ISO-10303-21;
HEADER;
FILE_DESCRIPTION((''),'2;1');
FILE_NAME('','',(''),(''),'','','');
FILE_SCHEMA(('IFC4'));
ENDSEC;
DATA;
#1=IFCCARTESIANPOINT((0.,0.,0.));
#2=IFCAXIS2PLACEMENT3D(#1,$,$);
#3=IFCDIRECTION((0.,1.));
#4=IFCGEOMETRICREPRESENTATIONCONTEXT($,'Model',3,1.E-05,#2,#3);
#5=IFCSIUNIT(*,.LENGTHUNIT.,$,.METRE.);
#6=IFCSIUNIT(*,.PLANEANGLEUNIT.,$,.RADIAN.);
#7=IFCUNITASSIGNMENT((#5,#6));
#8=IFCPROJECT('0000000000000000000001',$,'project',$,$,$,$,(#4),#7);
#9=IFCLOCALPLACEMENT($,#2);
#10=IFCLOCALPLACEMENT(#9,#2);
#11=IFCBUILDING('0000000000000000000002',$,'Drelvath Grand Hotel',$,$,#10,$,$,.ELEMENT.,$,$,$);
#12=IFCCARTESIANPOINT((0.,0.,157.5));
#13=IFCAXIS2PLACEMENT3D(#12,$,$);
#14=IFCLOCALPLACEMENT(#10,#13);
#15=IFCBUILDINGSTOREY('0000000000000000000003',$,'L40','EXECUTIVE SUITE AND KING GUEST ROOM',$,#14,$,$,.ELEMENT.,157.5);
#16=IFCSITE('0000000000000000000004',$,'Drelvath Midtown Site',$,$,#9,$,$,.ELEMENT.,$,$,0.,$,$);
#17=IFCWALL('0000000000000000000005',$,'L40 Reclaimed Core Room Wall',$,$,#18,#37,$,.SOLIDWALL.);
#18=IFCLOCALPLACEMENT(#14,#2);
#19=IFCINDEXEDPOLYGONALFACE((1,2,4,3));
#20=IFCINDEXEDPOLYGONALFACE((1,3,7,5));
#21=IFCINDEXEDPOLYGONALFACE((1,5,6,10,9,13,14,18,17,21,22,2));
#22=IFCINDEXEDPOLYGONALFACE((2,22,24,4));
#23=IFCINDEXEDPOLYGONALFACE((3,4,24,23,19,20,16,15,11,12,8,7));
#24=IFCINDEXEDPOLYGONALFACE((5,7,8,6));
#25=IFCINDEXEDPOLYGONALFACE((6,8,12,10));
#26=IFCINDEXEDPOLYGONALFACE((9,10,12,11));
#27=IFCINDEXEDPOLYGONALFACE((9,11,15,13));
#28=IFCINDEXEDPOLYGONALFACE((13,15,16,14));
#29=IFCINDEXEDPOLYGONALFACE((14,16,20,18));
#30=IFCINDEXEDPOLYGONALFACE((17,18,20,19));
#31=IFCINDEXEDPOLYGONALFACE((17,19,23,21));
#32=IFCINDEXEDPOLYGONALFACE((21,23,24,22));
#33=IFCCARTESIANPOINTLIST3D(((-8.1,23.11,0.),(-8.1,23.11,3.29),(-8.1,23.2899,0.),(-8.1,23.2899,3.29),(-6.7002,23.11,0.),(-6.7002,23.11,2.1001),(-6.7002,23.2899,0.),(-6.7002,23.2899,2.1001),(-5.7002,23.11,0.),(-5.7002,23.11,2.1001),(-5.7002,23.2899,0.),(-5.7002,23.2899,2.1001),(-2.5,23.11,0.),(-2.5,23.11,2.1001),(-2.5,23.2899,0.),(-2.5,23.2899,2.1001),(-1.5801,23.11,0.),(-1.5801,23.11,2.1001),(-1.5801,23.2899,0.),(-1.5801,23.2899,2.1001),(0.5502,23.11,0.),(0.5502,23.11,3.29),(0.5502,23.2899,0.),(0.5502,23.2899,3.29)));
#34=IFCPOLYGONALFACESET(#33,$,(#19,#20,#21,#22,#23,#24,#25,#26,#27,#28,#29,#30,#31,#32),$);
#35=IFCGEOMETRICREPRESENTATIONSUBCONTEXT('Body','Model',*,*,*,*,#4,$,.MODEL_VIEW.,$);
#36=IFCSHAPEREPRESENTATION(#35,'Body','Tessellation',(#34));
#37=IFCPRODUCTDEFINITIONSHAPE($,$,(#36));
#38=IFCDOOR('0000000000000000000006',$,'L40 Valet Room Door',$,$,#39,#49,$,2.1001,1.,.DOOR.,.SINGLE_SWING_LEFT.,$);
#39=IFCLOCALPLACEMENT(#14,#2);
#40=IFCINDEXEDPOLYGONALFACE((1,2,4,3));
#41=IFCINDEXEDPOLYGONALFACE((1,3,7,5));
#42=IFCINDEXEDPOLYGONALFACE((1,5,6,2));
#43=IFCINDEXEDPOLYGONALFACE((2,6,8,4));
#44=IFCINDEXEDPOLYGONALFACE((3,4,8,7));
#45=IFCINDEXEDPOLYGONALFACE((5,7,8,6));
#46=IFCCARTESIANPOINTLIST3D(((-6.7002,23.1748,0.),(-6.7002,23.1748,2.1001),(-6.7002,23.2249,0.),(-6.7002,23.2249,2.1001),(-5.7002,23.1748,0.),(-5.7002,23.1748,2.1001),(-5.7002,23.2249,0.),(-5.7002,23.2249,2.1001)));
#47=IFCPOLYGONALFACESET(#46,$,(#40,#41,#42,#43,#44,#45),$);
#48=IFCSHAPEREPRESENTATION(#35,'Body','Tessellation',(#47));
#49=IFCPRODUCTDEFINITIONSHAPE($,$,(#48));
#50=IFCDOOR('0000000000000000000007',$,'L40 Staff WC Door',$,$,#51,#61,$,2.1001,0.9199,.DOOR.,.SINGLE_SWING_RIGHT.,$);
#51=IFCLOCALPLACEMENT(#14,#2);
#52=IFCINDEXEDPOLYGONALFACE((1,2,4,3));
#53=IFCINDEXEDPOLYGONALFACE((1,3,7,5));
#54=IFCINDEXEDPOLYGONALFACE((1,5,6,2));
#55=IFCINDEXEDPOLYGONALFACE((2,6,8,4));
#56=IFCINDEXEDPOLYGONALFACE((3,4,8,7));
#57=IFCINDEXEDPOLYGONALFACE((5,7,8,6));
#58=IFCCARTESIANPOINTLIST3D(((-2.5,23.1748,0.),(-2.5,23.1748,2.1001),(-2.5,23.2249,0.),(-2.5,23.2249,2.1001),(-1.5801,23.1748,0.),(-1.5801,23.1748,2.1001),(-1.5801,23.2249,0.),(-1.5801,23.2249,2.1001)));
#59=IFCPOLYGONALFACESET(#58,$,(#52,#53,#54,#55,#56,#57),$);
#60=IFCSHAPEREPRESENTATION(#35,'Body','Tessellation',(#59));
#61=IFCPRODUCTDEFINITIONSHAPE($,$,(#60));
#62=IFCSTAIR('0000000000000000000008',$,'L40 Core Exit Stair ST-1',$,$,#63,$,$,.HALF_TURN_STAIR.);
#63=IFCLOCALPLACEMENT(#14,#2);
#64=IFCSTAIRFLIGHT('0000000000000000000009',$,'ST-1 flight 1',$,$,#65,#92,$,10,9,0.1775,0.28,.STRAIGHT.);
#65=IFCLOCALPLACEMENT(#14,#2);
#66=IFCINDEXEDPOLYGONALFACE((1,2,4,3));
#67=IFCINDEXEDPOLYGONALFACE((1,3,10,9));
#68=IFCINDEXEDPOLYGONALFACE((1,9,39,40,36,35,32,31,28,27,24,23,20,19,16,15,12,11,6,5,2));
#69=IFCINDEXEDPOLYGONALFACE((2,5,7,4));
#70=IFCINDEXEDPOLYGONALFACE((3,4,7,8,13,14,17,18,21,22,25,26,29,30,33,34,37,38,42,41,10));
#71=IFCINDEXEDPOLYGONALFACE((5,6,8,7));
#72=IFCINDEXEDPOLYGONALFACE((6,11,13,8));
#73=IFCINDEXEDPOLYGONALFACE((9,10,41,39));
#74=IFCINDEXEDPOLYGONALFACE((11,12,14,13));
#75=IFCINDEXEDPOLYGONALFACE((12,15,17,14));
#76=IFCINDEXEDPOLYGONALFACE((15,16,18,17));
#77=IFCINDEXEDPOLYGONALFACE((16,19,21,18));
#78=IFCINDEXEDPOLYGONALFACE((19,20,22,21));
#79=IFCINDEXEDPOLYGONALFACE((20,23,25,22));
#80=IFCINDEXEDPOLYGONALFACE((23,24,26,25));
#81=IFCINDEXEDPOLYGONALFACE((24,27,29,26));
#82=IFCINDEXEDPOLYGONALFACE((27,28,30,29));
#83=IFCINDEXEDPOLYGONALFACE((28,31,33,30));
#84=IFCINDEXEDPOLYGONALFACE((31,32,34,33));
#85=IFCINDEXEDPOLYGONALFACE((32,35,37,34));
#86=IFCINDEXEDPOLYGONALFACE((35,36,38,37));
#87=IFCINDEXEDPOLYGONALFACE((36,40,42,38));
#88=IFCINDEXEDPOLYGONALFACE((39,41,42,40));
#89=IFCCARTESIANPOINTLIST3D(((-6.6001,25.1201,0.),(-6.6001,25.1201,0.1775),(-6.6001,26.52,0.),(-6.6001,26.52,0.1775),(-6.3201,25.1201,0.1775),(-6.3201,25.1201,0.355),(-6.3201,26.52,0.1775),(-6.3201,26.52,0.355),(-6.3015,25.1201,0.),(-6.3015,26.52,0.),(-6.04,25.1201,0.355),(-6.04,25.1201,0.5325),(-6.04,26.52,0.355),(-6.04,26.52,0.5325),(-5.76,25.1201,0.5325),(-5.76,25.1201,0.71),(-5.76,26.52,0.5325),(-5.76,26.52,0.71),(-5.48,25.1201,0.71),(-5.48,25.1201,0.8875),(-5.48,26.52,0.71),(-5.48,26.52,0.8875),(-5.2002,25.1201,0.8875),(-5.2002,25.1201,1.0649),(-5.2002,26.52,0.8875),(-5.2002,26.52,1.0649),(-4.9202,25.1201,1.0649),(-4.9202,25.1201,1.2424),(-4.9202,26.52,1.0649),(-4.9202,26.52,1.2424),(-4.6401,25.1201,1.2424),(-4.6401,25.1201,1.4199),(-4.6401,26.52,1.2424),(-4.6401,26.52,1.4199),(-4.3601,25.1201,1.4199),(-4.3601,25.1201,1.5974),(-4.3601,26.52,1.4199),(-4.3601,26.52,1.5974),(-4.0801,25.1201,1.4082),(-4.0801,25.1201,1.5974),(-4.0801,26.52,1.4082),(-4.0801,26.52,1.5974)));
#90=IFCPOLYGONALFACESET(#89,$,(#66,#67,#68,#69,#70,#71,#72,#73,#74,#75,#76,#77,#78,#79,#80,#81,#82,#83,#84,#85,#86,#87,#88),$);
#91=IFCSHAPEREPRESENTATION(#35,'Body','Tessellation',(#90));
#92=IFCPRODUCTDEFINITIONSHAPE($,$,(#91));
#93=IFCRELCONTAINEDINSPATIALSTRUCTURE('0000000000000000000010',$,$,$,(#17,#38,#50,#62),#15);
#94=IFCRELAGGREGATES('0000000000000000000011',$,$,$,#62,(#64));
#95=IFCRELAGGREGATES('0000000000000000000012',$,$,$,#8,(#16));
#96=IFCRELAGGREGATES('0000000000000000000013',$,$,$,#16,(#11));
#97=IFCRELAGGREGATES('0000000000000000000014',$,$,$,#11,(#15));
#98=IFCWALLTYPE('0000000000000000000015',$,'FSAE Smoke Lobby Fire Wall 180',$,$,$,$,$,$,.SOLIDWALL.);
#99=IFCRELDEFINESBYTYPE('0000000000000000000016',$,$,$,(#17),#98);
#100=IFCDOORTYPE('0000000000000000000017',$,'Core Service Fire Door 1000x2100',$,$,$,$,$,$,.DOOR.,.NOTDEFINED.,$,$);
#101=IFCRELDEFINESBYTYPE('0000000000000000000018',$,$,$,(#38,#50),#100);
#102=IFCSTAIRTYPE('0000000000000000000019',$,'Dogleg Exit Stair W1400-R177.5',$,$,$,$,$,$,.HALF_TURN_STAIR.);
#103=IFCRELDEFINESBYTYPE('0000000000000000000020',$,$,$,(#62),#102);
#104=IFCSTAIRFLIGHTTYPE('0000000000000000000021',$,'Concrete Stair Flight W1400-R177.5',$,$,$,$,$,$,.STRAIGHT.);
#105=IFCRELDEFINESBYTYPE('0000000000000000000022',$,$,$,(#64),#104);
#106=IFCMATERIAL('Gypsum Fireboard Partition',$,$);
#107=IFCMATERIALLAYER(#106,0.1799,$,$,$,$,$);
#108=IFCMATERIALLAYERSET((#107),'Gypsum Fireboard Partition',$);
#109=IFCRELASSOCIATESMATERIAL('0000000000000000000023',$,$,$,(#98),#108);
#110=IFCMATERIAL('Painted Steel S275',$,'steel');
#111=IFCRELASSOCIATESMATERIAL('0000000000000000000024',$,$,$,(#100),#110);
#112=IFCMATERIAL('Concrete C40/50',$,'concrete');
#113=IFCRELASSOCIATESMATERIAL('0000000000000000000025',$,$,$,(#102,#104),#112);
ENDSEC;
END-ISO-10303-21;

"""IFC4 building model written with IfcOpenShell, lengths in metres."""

from ifc_helpers import new_model, si_unit, direction, frame, frame_2d, origin, place, context, subcontext, project, spatial, polyline, rectangle, outline, extrude, material, layer, layer_set, type_object, element, fill, aggregate, save


model = new_model("IFC4")

# Units and contexts
model_context = context("Model", 3, precision=1e-05, world=origin(), true_north=direction((0.0, 1.0)))
body_context = subcontext(model_context, "Body", "Model", "MODEL_VIEW")
ifc_project = project(units=[si_unit("LENGTHUNIT", "METRE"), si_unit("PLANEANGLEUNIT", "RADIAN")], contexts=[model_context])

# Site, building, storey
site_placement = place(None, origin())
site = spatial("IfcSite", under=ifc_project, at=site_placement, Name="Drelvath Midtown Site", CompositionType="ELEMENT", RefElevation=0.0)
building_placement = place(site_placement, origin())
building = spatial("IfcBuilding", under=site, at=building_placement, Name="Drelvath Grand Hotel", CompositionType="ELEMENT")
storey_placement = place(building_placement, frame((0.0, 0.0, 157.5)))
storey = spatial("IfcBuildingStorey", under=building, at=storey_placement, Name="L40", Description="EXECUTIVE SUITE AND KING GUEST ROOM", CompositionType="ELEMENT", Elevation=157.5)

# Shared definitions
ifc_material_1 = material(Name="Concrete C40/50", Category="concrete")
ifc_material_2 = material(Name="Painted Steel S275", Category="steel")

# Wall, openings, doors
ifc_material_3 = material(Name="Gypsum Fireboard Partition")
ifc_layer_1 = layer(ifc_material_3, 0.1799)
ifc_layer_set_1 = layer_set([ifc_layer_1], Name="Gypsum Fireboard Partition")
wall_type_1 = type_object("IfcWallType", Name="FSAE Smoke Lobby Fire Wall 180", PredefinedType="SOLIDWALL", material=ifc_layer_set_1)
wall_1_placement = place(storey_placement, frame((-8.1001, 23.2, 0.0), z_axis=(0.0, 0.0, 1.0), x_axis=(1.0, 0.0, 0.0)))
wall_1 = element("IfcWall", 1, at=wall_1_placement, inside=storey, type_object=wall_type_1, Name="L40 Reclaimed Core Room Wall", PredefinedType="SOLIDWALL", context=body_context, shape_type="SweptSolid", body=[
    extrude(rectangle(XDim=8.6501, YDim=0.1799, at=frame_2d((4.3252, 0.0))), origin(), (0.0, 0.0, 1.0), 3.29),
])
opening_1_placement = place(wall_1_placement, frame((1.3999, 0.0, 0.0)))
opening_1 = element("IfcOpeningElement", 2, at=opening_1_placement, cuts=wall_1, PredefinedType="OPENING", context=body_context, shape_type="SweptSolid", body=[
    extrude(rectangle(XDim=1.0, YDim=2.1001, at=frame_2d((0.5, 1.05))), frame((0.0, 0.0999, 0.0), z_axis=(0.0, -1.0, 0.0), x_axis=(1.0, 0.0, 0.0)), (0.0, 0.0, 1.0), 0.2),
])
opening_2_placement = place(wall_1_placement, frame((5.6001, 0.0, 0.0)))
opening_2 = element("IfcOpeningElement", 3, at=opening_2_placement, cuts=wall_1, PredefinedType="OPENING", context=body_context, shape_type="SweptSolid", body=[
    extrude(rectangle(XDim=0.9199, YDim=2.1001, at=frame_2d((0.46, 1.05))), frame((0.0, 0.0999, 0.0), z_axis=(0.0, -1.0, 0.0), x_axis=(1.0, 0.0, 0.0)), (0.0, 0.0, 1.0), 0.2),
])
door_type_1 = type_object("IfcDoorType", Name="Core Service Fire Door 1000x2100", OperationType="NOTDEFINED", PredefinedType="DOOR", material=ifc_material_2)
door_1_placement = place(opening_1_placement, origin())
door_1 = element("IfcDoor", 4, at=door_1_placement, inside=storey, type_object=door_type_1, Name="L40 Valet Room Door", OperationType="SINGLE_SWING_LEFT", OverallHeight=2.1001, OverallWidth=1.0, PredefinedType="DOOR", context=body_context, shape_type="SweptSolid", body=[
    extrude(rectangle(XDim=1.0, YDim=2.1001, at=frame_2d((0.5, 1.05))), frame((0.0, 0.0249, 0.0), z_axis=(0.0, -1.0, 0.0), x_axis=(1.0, 0.0, 0.0)), (0.0, 0.0, 1.0), 0.05),
])
fill(opening_1, door_1)
door_2_placement = place(opening_2_placement, origin())
door_2 = element("IfcDoor", 5, at=door_2_placement, inside=storey, type_object=door_type_1, Name="L40 Staff WC Door", OperationType="SINGLE_SWING_RIGHT", OverallHeight=2.1001, OverallWidth=0.9199, PredefinedType="DOOR", context=body_context, shape_type="SweptSolid", body=[
    extrude(rectangle(XDim=0.9199, YDim=2.1001, at=frame_2d((0.46, 1.05))), frame((0.0, 0.0249, 0.0), z_axis=(0.0, -1.0, 0.0), x_axis=(1.0, 0.0, 0.0)), (0.0, 0.0, 1.0), 0.05),
])
fill(opening_2, door_2)

# Stair, stair flight
stair_type = type_object("IfcStairType", Name="Dogleg Exit Stair W1400-R177.5", PredefinedType="HALF_TURN_STAIR", material=ifc_material_1)
stair_placement = place(storey_placement, origin())
stair = element("IfcStair", 6, at=stair_placement, inside=storey, type_object=stair_type, Name="L40 Core Exit Stair ST-1", PredefinedType="HALF_TURN_STAIR")
stair_flight_type = type_object("IfcStairFlightType", Name="Concrete Stair Flight W1400-R177.5", PredefinedType="STRAIGHT", material=ifc_material_1)
stair_flight_placement = place(storey_placement, frame((-6.6001, 25.8201, 0.0), z_axis=(0.0, 0.0, 1.0), x_axis=(1.0, 0.0, 0.0)))
stair_flight = element("IfcStairFlight", 7, at=stair_flight_placement, type_object=stair_flight_type, Name="ST-1 flight 1", NumberOfRisers=10, NumberOfTreads=9, PredefinedType="STRAIGHT", RiserHeight=0.1775, TreadLength=0.28, context=body_context, shape_type="SweptSolid", body=[
    extrude(outline(polyline([(0.0, 0.0), (0.0, 0.1775), (0.28, 0.1775), (0.28, 0.355), (0.5601, 0.355), (0.5601, 0.5325), (0.8401, 0.5325), (0.8401, 0.71), (1.1201, 0.71), (1.1201, 0.8875), (1.3999, 0.8875), (1.3999, 1.0649), (1.6799, 1.0649), (1.6799, 1.2424), (1.96, 1.2424), (1.96, 1.4199), (2.24, 1.4199), (2.24, 1.5974), (2.52, 1.5974), (2.52, 1.7749), (2.52, 1.4082), (0.2986, 0.0), (0.0, 0.0)])), frame((0.0, 0.7, 0.0), z_axis=(0.0, -1.0, 0.0), x_axis=(1.0, 0.0, 0.0)), (0.0, 0.0, 1.0), 1.3999),
])
aggregate(stair, [stair_flight])

save(model, "model.ifc")
